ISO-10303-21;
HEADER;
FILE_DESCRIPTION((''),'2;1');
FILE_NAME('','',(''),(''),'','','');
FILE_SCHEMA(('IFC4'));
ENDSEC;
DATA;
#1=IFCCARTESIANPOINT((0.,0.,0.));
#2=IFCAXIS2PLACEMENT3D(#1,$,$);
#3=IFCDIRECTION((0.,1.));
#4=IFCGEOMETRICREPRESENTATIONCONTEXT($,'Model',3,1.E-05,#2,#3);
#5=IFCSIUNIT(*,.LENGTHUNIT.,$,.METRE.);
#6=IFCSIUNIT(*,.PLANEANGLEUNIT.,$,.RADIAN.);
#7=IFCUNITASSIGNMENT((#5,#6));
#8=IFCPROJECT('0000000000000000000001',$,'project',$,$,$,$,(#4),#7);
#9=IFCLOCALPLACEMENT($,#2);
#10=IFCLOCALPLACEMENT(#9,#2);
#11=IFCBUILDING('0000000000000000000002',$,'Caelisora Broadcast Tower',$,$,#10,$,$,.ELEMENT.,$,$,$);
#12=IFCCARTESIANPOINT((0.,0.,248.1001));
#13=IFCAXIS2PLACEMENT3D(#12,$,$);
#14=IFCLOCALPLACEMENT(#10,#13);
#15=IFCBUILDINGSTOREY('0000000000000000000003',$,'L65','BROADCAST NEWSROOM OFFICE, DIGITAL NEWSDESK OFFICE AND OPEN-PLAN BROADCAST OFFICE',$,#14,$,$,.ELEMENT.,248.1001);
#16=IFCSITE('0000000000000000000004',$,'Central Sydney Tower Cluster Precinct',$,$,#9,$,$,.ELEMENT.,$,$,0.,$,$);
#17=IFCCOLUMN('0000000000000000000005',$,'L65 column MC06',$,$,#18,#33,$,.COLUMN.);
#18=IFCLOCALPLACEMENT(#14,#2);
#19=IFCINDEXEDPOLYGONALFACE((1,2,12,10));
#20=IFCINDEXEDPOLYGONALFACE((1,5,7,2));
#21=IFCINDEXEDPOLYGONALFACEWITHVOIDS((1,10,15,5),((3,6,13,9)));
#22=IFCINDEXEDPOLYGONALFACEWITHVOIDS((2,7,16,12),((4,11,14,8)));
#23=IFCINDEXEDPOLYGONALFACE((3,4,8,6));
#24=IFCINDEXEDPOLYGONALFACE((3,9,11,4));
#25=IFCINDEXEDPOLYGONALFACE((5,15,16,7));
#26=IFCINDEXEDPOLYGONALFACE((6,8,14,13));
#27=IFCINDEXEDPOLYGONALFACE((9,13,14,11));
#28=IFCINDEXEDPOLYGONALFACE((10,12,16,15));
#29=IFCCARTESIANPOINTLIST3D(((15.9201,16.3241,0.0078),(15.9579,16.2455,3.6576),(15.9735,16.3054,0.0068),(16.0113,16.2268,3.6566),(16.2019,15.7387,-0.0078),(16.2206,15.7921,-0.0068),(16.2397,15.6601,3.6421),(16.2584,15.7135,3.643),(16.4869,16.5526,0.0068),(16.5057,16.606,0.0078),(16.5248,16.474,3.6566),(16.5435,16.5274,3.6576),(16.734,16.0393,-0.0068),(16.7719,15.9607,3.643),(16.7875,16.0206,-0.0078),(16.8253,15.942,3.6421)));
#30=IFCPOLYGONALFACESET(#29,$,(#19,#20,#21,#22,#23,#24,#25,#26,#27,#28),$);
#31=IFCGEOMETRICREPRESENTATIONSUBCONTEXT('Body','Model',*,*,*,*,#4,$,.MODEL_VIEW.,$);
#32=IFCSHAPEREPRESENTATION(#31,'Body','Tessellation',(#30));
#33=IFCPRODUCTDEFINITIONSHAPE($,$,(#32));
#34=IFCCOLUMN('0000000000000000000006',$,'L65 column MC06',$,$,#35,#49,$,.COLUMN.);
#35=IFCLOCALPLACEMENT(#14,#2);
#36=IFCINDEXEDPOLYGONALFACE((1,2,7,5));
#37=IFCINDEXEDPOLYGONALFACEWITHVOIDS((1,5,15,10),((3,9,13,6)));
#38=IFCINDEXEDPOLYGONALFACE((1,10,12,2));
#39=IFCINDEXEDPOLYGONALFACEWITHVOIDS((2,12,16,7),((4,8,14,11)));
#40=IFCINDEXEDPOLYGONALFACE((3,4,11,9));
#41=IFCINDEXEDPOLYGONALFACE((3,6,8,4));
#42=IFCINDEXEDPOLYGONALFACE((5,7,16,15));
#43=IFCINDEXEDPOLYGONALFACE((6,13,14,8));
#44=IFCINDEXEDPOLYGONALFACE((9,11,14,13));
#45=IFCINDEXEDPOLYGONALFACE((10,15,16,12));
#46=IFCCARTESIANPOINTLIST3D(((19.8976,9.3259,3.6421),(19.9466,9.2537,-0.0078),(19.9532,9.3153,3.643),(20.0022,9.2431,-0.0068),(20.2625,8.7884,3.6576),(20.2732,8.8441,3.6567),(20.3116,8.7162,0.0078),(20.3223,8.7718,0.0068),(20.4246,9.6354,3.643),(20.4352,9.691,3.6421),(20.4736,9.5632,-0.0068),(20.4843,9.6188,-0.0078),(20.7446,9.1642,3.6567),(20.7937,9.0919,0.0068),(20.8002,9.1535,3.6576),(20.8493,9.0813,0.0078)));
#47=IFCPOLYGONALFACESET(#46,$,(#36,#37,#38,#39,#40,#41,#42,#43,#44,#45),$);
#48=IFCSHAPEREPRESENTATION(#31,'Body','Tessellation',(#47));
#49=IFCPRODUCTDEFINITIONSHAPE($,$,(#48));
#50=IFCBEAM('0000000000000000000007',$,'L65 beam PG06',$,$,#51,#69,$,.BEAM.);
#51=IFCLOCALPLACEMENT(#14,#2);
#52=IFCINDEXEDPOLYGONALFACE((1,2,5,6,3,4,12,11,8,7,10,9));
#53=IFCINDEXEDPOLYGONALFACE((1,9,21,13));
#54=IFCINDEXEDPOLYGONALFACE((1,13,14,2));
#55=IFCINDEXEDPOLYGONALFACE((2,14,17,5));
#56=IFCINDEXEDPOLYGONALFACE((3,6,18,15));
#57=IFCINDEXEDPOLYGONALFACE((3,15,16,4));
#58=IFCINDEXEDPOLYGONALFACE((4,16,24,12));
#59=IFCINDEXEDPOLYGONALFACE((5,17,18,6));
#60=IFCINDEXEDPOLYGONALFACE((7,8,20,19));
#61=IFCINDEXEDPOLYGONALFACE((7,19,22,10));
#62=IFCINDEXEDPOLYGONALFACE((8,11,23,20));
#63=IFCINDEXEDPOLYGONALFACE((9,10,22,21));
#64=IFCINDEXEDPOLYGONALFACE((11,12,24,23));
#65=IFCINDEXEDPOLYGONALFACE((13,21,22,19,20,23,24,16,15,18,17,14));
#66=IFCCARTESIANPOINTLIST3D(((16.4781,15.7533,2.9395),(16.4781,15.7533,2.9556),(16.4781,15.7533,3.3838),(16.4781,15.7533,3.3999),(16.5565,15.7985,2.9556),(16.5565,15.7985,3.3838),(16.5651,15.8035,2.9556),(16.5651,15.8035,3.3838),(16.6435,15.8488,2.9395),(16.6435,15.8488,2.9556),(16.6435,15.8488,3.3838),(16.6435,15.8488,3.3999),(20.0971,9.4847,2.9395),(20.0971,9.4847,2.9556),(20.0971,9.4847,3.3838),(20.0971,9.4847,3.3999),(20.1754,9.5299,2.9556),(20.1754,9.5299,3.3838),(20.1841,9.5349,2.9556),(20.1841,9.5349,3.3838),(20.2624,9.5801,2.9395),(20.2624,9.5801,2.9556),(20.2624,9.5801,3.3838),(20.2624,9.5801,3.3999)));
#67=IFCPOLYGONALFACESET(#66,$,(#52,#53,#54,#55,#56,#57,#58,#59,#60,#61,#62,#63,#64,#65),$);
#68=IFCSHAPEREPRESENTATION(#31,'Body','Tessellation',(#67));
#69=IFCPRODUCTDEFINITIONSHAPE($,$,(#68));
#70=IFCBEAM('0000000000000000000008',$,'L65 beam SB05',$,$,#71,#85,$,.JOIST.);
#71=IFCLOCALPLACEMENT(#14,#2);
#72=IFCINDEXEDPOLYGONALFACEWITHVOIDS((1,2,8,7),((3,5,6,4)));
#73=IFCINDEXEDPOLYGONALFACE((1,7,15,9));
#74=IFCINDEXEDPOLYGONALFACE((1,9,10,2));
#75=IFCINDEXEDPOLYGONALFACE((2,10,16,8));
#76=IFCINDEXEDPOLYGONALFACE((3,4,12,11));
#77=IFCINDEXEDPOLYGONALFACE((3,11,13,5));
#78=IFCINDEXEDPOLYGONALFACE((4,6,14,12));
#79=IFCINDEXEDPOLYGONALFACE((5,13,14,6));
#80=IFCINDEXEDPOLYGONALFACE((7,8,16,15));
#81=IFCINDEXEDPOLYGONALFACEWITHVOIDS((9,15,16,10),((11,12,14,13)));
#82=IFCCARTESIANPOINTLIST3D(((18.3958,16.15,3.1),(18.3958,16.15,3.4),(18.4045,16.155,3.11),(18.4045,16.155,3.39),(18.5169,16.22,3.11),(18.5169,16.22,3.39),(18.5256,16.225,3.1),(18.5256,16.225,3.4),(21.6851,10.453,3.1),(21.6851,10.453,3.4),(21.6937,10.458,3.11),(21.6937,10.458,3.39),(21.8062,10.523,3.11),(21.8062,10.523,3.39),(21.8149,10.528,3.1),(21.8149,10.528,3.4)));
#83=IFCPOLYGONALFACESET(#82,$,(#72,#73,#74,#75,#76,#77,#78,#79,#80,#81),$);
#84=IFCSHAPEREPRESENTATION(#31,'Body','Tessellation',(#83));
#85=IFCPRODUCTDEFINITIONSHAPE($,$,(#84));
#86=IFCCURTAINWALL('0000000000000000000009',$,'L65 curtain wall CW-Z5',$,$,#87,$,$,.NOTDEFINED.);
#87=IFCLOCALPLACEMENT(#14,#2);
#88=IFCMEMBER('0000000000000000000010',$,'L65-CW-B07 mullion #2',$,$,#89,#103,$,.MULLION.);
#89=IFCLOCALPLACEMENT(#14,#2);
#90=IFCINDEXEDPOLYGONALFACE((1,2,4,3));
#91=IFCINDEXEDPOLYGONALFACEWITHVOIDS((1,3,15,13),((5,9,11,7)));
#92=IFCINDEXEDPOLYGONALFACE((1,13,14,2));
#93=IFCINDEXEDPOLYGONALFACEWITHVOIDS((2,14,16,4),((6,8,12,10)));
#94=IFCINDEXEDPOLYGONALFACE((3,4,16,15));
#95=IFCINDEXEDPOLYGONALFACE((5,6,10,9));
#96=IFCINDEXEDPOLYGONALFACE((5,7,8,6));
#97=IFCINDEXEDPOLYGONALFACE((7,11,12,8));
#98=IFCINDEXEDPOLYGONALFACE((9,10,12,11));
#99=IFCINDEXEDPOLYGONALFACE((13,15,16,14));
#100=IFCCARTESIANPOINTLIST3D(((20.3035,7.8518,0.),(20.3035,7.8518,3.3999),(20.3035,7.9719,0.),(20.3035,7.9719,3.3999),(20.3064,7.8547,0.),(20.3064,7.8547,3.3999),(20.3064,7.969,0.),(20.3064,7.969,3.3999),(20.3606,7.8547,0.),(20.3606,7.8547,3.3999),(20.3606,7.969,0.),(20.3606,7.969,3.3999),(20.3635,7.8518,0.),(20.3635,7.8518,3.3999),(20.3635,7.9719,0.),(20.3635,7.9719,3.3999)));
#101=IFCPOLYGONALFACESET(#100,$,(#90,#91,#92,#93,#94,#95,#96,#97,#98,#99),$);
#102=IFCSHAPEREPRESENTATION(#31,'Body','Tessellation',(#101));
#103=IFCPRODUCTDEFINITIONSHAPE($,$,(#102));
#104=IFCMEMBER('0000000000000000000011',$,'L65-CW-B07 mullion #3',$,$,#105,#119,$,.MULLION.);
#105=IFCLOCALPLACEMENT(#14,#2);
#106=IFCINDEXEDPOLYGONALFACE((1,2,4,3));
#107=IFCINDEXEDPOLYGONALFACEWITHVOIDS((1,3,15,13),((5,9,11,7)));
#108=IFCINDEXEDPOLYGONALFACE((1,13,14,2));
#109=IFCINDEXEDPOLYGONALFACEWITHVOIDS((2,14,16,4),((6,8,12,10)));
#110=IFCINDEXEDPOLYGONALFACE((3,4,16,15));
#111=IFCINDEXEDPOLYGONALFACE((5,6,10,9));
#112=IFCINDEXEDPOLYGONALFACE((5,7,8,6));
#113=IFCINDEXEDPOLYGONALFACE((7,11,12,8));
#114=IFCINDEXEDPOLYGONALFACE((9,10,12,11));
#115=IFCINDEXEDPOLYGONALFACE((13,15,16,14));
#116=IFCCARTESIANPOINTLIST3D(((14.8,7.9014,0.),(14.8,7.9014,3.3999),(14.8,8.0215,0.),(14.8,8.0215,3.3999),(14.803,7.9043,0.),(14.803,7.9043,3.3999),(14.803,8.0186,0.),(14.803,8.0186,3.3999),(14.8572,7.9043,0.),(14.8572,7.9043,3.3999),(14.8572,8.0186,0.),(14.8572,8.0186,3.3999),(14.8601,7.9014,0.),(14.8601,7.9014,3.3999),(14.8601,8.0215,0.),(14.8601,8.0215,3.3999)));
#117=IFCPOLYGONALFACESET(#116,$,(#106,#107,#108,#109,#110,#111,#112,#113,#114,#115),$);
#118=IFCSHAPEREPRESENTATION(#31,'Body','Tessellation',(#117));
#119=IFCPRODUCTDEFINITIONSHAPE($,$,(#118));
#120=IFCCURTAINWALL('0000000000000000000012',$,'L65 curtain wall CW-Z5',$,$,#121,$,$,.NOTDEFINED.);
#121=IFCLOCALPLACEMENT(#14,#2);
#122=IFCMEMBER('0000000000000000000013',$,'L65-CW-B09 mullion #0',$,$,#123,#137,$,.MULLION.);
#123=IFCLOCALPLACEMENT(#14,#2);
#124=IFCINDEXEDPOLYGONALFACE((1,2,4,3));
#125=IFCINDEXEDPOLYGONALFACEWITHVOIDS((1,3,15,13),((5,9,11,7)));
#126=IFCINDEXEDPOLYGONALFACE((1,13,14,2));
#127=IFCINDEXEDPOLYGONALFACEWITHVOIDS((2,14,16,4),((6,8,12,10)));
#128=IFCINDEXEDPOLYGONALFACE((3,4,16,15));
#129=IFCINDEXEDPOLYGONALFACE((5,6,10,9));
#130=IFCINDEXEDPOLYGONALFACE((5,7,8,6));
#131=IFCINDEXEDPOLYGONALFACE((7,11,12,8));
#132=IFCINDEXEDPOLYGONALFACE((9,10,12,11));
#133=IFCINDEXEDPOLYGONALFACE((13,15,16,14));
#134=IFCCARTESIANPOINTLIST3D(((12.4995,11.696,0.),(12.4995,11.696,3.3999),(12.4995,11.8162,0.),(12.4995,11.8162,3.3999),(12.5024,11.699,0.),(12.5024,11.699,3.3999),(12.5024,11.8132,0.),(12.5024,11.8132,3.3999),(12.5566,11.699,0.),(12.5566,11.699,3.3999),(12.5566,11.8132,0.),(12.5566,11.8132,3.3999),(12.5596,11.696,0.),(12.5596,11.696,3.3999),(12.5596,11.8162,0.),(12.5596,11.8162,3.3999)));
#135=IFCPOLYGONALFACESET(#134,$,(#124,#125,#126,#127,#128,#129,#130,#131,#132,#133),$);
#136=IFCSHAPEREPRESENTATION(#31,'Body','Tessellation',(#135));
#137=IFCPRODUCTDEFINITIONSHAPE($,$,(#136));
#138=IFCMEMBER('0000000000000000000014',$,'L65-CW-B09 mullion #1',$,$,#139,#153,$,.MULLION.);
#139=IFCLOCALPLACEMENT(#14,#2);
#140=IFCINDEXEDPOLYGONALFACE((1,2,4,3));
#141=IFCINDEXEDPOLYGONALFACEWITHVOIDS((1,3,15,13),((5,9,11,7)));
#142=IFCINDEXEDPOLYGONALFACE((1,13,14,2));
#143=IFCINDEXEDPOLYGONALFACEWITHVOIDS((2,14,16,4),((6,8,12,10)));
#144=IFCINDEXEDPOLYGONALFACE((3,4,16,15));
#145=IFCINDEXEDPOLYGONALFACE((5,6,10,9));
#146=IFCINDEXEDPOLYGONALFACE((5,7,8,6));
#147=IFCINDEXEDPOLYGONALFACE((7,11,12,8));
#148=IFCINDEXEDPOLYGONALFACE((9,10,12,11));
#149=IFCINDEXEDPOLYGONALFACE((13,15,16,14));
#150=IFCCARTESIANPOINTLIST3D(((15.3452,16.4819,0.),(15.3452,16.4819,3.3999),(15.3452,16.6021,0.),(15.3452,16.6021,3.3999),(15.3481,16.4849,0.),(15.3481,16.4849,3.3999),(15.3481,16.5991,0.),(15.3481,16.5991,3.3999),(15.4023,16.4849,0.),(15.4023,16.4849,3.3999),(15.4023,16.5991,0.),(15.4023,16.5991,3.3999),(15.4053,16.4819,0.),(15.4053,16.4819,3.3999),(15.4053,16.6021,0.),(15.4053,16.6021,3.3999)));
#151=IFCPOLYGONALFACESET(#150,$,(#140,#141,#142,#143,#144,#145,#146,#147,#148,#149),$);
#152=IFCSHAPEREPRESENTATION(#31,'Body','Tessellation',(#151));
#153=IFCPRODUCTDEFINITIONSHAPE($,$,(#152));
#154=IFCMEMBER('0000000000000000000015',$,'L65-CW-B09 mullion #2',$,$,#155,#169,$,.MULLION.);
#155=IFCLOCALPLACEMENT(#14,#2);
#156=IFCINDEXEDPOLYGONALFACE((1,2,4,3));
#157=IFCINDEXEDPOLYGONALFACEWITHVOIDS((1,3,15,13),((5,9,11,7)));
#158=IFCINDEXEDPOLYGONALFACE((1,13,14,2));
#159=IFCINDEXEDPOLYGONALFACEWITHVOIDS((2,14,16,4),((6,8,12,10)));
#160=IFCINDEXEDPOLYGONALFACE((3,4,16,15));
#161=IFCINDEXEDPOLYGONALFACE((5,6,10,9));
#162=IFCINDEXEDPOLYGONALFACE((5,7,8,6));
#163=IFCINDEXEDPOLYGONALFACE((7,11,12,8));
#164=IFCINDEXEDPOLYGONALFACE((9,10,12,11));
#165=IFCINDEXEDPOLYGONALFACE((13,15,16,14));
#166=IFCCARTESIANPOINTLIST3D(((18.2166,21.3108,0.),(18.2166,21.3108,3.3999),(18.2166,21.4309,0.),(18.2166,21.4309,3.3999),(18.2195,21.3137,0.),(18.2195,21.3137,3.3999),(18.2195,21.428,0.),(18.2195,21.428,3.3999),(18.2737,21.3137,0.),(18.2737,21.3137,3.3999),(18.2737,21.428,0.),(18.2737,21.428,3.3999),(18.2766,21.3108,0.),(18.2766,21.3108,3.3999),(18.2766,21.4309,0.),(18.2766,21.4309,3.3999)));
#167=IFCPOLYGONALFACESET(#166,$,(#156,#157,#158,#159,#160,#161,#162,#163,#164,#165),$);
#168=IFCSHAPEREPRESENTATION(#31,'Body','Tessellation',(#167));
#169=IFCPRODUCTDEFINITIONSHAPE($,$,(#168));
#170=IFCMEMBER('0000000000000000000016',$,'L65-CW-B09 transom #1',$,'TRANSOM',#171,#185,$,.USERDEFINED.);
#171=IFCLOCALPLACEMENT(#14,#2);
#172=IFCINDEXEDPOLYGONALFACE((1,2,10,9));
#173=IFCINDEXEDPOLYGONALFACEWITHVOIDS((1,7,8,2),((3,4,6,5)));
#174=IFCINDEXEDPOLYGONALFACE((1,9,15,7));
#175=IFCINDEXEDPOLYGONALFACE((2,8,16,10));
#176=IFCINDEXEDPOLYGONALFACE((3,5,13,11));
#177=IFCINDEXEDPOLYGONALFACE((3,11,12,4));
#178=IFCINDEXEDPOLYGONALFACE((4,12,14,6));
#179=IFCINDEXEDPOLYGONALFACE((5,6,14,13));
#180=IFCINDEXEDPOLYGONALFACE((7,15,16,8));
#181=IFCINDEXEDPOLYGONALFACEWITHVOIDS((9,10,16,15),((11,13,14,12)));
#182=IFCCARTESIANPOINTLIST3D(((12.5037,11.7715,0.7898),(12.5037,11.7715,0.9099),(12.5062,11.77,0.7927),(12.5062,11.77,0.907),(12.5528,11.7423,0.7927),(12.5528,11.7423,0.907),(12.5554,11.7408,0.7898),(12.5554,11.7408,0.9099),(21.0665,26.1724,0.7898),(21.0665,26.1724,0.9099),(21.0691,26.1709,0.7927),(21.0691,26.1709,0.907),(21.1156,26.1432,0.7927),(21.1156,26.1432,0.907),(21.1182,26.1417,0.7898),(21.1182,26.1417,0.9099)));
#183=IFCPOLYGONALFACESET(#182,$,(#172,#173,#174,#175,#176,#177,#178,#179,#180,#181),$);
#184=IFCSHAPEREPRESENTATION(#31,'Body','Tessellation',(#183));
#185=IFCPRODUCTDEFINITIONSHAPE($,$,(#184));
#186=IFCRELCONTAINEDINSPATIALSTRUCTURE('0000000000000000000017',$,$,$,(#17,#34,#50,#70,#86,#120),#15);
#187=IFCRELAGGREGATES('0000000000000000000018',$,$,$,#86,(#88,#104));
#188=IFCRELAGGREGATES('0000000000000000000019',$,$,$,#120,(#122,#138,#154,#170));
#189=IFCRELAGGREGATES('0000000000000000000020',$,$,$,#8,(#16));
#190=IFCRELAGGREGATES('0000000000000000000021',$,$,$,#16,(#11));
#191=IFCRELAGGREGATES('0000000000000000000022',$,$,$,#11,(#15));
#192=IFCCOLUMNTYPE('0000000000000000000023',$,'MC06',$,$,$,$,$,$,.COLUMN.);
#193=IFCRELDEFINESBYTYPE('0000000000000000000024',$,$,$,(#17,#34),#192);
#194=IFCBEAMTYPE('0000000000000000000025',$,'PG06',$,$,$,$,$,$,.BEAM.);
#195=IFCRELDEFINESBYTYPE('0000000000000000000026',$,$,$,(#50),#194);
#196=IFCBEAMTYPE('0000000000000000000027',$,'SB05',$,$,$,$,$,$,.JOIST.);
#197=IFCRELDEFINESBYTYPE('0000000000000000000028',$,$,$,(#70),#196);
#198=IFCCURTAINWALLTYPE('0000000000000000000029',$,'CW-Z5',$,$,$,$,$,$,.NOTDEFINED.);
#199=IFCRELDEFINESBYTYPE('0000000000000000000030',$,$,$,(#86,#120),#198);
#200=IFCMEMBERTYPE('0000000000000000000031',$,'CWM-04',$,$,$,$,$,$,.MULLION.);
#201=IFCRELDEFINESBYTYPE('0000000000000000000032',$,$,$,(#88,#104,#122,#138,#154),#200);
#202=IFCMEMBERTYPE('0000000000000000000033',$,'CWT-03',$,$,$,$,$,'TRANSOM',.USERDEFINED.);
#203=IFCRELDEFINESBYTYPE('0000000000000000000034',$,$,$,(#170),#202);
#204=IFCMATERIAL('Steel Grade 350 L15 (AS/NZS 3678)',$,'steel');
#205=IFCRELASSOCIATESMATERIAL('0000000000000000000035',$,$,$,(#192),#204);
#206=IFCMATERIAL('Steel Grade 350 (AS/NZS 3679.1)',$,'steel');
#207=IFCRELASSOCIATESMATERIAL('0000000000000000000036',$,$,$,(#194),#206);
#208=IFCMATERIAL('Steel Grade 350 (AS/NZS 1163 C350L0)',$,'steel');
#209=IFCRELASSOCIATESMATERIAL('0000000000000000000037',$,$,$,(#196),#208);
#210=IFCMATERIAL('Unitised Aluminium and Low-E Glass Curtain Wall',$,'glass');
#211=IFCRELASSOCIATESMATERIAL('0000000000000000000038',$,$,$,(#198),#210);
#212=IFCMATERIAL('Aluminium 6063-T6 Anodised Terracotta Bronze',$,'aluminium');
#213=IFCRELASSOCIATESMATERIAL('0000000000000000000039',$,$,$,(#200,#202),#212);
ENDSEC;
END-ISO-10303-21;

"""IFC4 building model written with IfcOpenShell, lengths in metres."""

from ifc_helpers import new_model, si_unit, direction, frame, origin, origin_2d, place, context, subcontext, project, spatial, hollow_rectangle, i_section, extrude, source, transform, mapped, material, material_profile, profile_set, type_object, type_shapes, element, aggregate, save


model = new_model("IFC4")

# Units and contexts
model_context = context("Model", 3, precision=1e-05, world=origin(), true_north=direction((0.0, 1.0)))
body_context = subcontext(model_context, "Body", "Model", "MODEL_VIEW")
ifc_project = project(units=[si_unit("LENGTHUNIT", "METRE"), si_unit("PLANEANGLEUNIT", "RADIAN")], contexts=[model_context])

# Site, building, storey
site_placement = place(None, origin())
site = spatial("IfcSite", under=ifc_project, at=site_placement, Name="Central Sydney Tower Cluster Precinct", CompositionType="ELEMENT", RefElevation=0.0)
building_placement = place(site_placement, origin())
building = spatial("IfcBuilding", under=site, at=building_placement, Name="Caelisora Broadcast Tower", CompositionType="ELEMENT")
storey_placement = place(building_placement, frame((0.0, 0.0, 248.1001)))
storey = spatial("IfcBuildingStorey", under=building, at=storey_placement, Name="L65", Description="BROADCAST NEWSROOM OFFICE, DIGITAL NEWSDESK OFFICE AND OPEN-PLAN BROADCAST OFFICE", CompositionType="ELEMENT", Elevation=248.1001)

# Columns
ifc_material_1 = material(Name="Steel Grade 350 L15 (AS/NZS 3678)", Category="steel")
ifc_material_profile_1 = material_profile(ifc_material_1, hollow_rectangle(XDim=0.6499, YDim=0.6499, WallThickness=0.04, at=origin_2d()), Name="Steel Grade 350 L15 (AS/NZS 3678)")
ifc_profile_set_1 = profile_set([ifc_material_profile_1], Name="Steel Grade 350 L15 (AS/NZS 3678)")
column_type = type_object("IfcColumnType", Name="MC06", PredefinedType="COLUMN", material=ifc_profile_set_1)
shared_shape_1 = source(origin(), body_context, "Body", "SweptSolid", [
    extrude(hollow_rectangle(XDim=0.6499, YDim=0.6499, WallThickness=0.04, at=origin_2d()), origin(), (0.0, 0.0, 1.0), 3.6509),
])
type_shapes(column_type, [shared_shape_1])
for number, where, z_axis, x_axis, name in (
    (1, (16.3538, 16.1724, 0.0), (0.010365, -0.021532, 0.999714), (0.901042, 0.433731, 0.0), "L65 column MC06"),
    (2, (20.3979, 9.1675, 0.0), (-0.013441, 0.019794, 0.999714), (-0.82729, -0.561775, 0.0), "L65 column MC06"),
):
    element("IfcColumn", number, at=place(storey_placement, frame(where, z_axis=z_axis, x_axis=x_axis)), inside=storey, type_object=column_type, Name=name, PredefinedType="COLUMN", context=body_context, shape_type="MappedRepresentation", body=[
        mapped(shared_shape_1, transform((0.0, 0.0, 0.0), scale=1.0)),
    ])

# Beams
ifc_material_2 = material(Name="Steel Grade 350 (AS/NZS 3679.1)", Category="steel")
ifc_material_profile_2 = material_profile(ifc_material_2, i_section(OverallWidth=0.1909, OverallDepth=0.4604, WebThickness=0.01, FlangeThickness=0.0161, at=origin_2d()), Name="Steel Grade 350 (AS/NZS 3679.1)")
ifc_profile_set_2 = profile_set([ifc_material_profile_2], Name="Steel Grade 350 (AS/NZS 3679.1)")
beam_type_1 = type_object("IfcBeamType", Name="PG06", PredefinedType="BEAM", material=ifc_profile_set_2)
shared_shape_2 = source(origin(), body_context, "Body", "SweptSolid", [
    extrude(i_section(OverallWidth=0.1909, OverallDepth=0.4604, WebThickness=0.01, FlangeThickness=0.0161, at=origin_2d()), origin(), (0.0, 0.0, 1.0), 7.2383),
])
type_shapes(beam_type_1, [shared_shape_2])
beam_1_placement = place(storey_placement, frame((16.5608, 15.801, 3.1697), z_axis=(0.499974, -0.866041, 0.0), x_axis=(0.866041, 0.499974, 0.0)))
element("IfcBeam", 3, at=beam_1_placement, inside=storey, type_object=beam_type_1, Name="L65 beam PG06", PredefinedType="BEAM", context=body_context, shape_type="MappedRepresentation", body=[
    mapped(shared_shape_2, transform((0.0, 0.0, 0.0), scale=1.0)),
])
ifc_material_3 = material(Name="Steel Grade 350 (AS/NZS 1163 C350L0)", Category="steel")
ifc_material_profile_3 = material_profile(ifc_material_3, hollow_rectangle(XDim=0.1499, YDim=0.3, WallThickness=0.01, at=origin_2d()), Name="Steel Grade 350 (AS/NZS 1163 C350L0)")
ifc_profile_set_3 = profile_set([ifc_material_profile_3], Name="Steel Grade 350 (AS/NZS 1163 C350L0)")
beam_type_2 = type_object("IfcBeamType", Name="SB05", PredefinedType="JOIST", material=ifc_profile_set_3)
shared_shape_3 = source(origin(), body_context, "Body", "SweptSolid", [
    extrude(hollow_rectangle(XDim=0.1499, YDim=0.3, WallThickness=0.01, at=origin_2d()), origin(), (0.0, 0.0, 1.0), 6.5784),
])
type_shapes(beam_type_2, [shared_shape_3])
beam_2_placement = place(storey_placement, frame((18.4607, 16.1875, 3.25), z_axis=(0.500015, -0.866017, 0.0), x_axis=(0.866017, 0.500015, 0.0)))
element("IfcBeam", 4, at=beam_2_placement, inside=storey, type_object=beam_type_2, Name="L65 beam SB05", PredefinedType="JOIST", context=body_context, shape_type="MappedRepresentation", body=[
    mapped(shared_shape_3, transform((0.0, 0.0, 0.0), scale=1.0)),
])

# Curtain walls, members
ifc_material_4 = material(Name="Unitised Aluminium and Low-E Glass Curtain Wall", Category="glass")
curtain_wall_type = type_object("IfcCurtainWallType", Name="CW-Z5", PredefinedType="NOTDEFINED", material=ifc_material_4)
curtain_wall_1_placement = place(storey_placement, origin())
curtain_wall_1 = element("IfcCurtainWall", 5, at=curtain_wall_1_placement, inside=storey, type_object=curtain_wall_type, Name="L65 curtain wall CW-Z5", PredefinedType="NOTDEFINED")
ifc_material_5 = material(Name="Aluminium 6063-T6 Anodised Terracotta Bronze", Category="aluminium")
ifc_material_profile_4 = material_profile(ifc_material_5, hollow_rectangle(XDim=0.0601, YDim=0.1201, WallThickness=0.0029, at=origin_2d()), Name="Aluminium 6063-T6 Anodised Terracotta Bronze")
ifc_profile_set_4 = profile_set([ifc_material_profile_4], Name="Aluminium 6063-T6 Anodised Terracotta Bronze")
member_type_1 = type_object("IfcMemberType", Name="CWM-04", PredefinedType="MULLION", material=ifc_profile_set_4)
shared_shape_4 = source(origin(), body_context, "Body", "SweptSolid", [
    extrude(hollow_rectangle(XDim=0.0601, YDim=0.1201, WallThickness=0.0029, at=origin_2d()), origin(), (0.0, 0.0, 1.0), 3.3999),
])
type_shapes(member_type_1, [shared_shape_4])
member_1_placement = place(storey_placement, frame((20.3335, 7.9119, 0.0), z_axis=(0.0, 0.0, 1.0), x_axis=(1.0, 0.0, 0.0)))
member_1 = element("IfcMember", 6, at=member_1_placement, type_object=member_type_1, Name="L65-CW-B07 mullion #2", PredefinedType="MULLION", context=body_context, shape_type="MappedRepresentation", body=[
    mapped(shared_shape_4, transform((0.0, 0.0, 0.0), scale=1.0)),
])
member_2_placement = place(storey_placement, frame((14.8301, 7.9614, 0.0), z_axis=(0.0, 0.0, 1.0), x_axis=(1.0, 0.0, 0.0)))
member_2 = element("IfcMember", 7, at=member_2_placement, type_object=member_type_1, Name="L65-CW-B07 mullion #3", PredefinedType="MULLION", context=body_context, shape_type="MappedRepresentation", body=[
    mapped(shared_shape_4, transform((0.0, 0.0, 0.0), scale=1.0)),
])
curtain_wall_2_placement = place(storey_placement, origin())
curtain_wall_2 = element("IfcCurtainWall", 8, at=curtain_wall_2_placement, inside=storey, type_object=curtain_wall_type, Name="L65 curtain wall CW-Z5", PredefinedType="NOTDEFINED")
member_3_placement = place(storey_placement, frame((12.5295, 11.7561, 0.0), z_axis=(0.0, 0.0, 1.0), x_axis=(1.0, 0.0, 0.0)))
member_3 = element("IfcMember", 9, at=member_3_placement, type_object=member_type_1, Name="L65-CW-B09 mullion #0", PredefinedType="MULLION", context=body_context, shape_type="MappedRepresentation", body=[
    mapped(shared_shape_4, transform((0.0, 0.0, 0.0), scale=1.0)),
])
member_4_placement = place(storey_placement, frame((15.3752, 16.542, 0.0), z_axis=(0.0, 0.0, 1.0), x_axis=(1.0, 0.0, 0.0)))
member_4 = element("IfcMember", 10, at=member_4_placement, type_object=member_type_1, Name="L65-CW-B09 mullion #1", PredefinedType="MULLION", context=body_context, shape_type="MappedRepresentation", body=[
    mapped(shared_shape_4, transform((0.0, 0.0, 0.0), scale=1.0)),
])
member_5_placement = place(storey_placement, frame((18.2466, 21.3708, 0.0), z_axis=(0.0, 0.0, 1.0), x_axis=(1.0, 0.0, 0.0)))
member_5 = element("IfcMember", 11, at=member_5_placement, type_object=member_type_1, Name="L65-CW-B09 mullion #2", PredefinedType="MULLION", context=body_context, shape_type="MappedRepresentation", body=[
    mapped(shared_shape_4, transform((0.0, 0.0, 0.0), scale=1.0)),
])
ifc_material_profile_5 = material_profile(ifc_material_5, hollow_rectangle(XDim=0.0601, YDim=0.1201, WallThickness=0.0029, at=origin_2d()), Name="Aluminium 6063-T6 Anodised Terracotta Bronze")
ifc_profile_set_5 = profile_set([ifc_material_profile_5], Name="Aluminium 6063-T6 Anodised Terracotta Bronze")
member_type_2 = type_object("IfcMemberType", Name="CWT-03", ElementType="TRANSOM", PredefinedType="USERDEFINED", material=ifc_profile_set_5)
shared_shape_5 = source(origin(), body_context, "Body", "SweptSolid", [
    extrude(hollow_rectangle(XDim=0.0601, YDim=0.1201, WallThickness=0.0029, at=origin_2d()), origin(), (0.0, 0.0, 1.0), 16.7544),
])
type_shapes(member_type_2, [shared_shape_5])
member_6_placement = place(storey_placement, frame((12.5295, 11.7561, 0.8499), z_axis=(0.511078, 0.859534, 0.0), x_axis=(-0.859534, 0.511078, 0.0)))
member_6 = element("IfcMember", 12, at=member_6_placement, type_object=member_type_2, Name="L65-CW-B09 transom #1", ObjectType="TRANSOM", PredefinedType="USERDEFINED", context=body_context, shape_type="MappedRepresentation", body=[
    mapped(shared_shape_5, transform((0.0, 0.0, 0.0), scale=1.0)),
])

aggregate(curtain_wall_1, [member_1, member_2])
aggregate(curtain_wall_2, [member_3, member_4, member_5, member_6])

save(model, "model.ifc")
